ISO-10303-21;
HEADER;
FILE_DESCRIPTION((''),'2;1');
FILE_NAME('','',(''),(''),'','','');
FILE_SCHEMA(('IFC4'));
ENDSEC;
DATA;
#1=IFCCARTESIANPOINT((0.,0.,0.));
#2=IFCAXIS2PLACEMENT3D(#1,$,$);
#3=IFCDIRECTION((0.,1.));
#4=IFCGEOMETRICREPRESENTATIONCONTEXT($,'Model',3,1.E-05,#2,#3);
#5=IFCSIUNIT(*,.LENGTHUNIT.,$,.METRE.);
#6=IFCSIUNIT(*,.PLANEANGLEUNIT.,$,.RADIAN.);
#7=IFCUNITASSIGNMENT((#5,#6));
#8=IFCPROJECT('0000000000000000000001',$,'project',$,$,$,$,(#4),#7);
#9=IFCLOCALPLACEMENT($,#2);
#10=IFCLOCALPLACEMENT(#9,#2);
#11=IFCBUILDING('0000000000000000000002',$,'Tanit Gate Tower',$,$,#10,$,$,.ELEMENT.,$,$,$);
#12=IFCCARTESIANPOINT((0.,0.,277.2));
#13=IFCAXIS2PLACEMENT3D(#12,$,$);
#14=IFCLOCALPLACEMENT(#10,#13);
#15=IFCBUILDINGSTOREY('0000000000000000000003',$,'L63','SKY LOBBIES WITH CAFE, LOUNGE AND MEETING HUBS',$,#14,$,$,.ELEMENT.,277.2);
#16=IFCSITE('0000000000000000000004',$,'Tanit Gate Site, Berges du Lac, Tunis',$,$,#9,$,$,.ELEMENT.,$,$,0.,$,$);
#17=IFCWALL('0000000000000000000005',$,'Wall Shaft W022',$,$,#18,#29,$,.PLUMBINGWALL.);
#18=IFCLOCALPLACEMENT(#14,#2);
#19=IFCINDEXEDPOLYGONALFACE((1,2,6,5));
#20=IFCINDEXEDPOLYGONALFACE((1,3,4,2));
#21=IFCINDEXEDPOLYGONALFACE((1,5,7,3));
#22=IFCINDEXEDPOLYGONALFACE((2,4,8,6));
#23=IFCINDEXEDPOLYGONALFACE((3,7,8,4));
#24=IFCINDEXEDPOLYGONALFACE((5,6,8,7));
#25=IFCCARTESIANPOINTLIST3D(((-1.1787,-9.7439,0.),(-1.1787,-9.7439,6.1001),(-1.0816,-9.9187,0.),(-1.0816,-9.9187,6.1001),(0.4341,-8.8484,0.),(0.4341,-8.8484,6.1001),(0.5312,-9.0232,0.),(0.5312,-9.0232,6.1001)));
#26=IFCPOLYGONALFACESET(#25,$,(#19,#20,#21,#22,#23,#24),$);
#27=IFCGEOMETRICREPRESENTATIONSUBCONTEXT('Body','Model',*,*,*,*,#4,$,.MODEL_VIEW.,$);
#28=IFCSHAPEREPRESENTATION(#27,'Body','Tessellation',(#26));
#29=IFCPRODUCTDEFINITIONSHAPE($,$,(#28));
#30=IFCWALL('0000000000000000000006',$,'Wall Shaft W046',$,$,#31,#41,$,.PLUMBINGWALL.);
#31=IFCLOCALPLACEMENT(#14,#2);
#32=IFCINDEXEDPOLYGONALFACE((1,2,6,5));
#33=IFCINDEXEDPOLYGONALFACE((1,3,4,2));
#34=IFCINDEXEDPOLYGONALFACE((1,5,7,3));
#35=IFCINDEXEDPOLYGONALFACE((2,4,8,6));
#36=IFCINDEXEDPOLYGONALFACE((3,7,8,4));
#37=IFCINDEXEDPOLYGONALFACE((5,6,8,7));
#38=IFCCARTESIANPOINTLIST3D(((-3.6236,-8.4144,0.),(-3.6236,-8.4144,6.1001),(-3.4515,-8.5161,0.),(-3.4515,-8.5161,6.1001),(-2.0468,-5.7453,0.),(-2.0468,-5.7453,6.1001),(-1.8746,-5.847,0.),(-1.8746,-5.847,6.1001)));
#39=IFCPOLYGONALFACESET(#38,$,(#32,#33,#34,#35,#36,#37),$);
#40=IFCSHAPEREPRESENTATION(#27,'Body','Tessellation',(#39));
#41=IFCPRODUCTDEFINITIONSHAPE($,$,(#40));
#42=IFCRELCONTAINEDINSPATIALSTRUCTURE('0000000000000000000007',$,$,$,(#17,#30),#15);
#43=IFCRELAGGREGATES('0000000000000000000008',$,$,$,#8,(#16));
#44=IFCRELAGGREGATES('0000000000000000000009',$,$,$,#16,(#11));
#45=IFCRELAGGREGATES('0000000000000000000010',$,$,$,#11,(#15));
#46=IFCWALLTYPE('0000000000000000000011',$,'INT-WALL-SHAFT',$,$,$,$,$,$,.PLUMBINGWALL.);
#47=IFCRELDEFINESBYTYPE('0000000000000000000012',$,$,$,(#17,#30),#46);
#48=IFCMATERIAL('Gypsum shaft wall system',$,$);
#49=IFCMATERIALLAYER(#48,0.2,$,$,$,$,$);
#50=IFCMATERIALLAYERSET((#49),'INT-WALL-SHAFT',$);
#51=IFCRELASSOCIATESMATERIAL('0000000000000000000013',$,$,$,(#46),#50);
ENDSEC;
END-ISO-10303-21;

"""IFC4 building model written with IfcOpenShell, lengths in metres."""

from ifc_helpers import new_model, si_unit, direction, frame, frame_2d, origin, place, context, subcontext, project, spatial, rectangle, extrude, material, layer, layer_set, type_object, element, save


model = new_model("IFC4")

# Units and contexts
model_context = context("Model", 3, precision=1e-05, world=origin(), true_north=direction((0.0, 1.0)))
body_context = subcontext(model_context, "Body", "Model", "MODEL_VIEW")
ifc_project = project(units=[si_unit("LENGTHUNIT", "METRE"), si_unit("PLANEANGLEUNIT", "RADIAN")], contexts=[model_context])

# Site, building, storey
site_placement = place(None, origin())
site = spatial("IfcSite", under=ifc_project, at=site_placement, Name="Tanit Gate Site, Berges du Lac, Tunis", CompositionType="ELEMENT", RefElevation=0.0)
building_placement = place(site_placement, origin())
building = spatial("IfcBuilding", under=site, at=building_placement, Name="Tanit Gate Tower", CompositionType="ELEMENT")
storey_placement = place(building_placement, frame((0.0, 0.0, 277.2)))
storey = spatial("IfcBuildingStorey", under=building, at=storey_placement, Name="L63", Description="SKY LOBBIES WITH CAFE, LOUNGE AND MEETING HUBS", CompositionType="ELEMENT", Elevation=277.2)

# Walls
ifc_material_1 = material(Name="Gypsum shaft wall system")
ifc_layer_1 = layer(ifc_material_1, 0.2)
ifc_layer_set_1 = layer_set([ifc_layer_1], Name="INT-WALL-SHAFT")
wall_type_1 = type_object("IfcWallType", Name="INT-WALL-SHAFT", PredefinedType="PLUMBINGWALL", material=ifc_layer_set_1)
wall_1_placement = place(storey_placement, frame((-1.1301, -9.8313, 0.0), z_axis=(0.0, 0.0, 1.0), x_axis=(0.87427, 0.485441, 0.0)))
element("IfcWall", 1, at=wall_1_placement, inside=storey, type_object=wall_type_1, Name="Wall Shaft W022", PredefinedType="PLUMBINGWALL", context=body_context, shape_type="SweptSolid", body=[
    extrude(rectangle(XDim=1.8447, YDim=0.2, at=frame_2d((0.9224, 0.0))), origin(), (0.0, 0.0, 1.0), 6.1001),
])
wall_2_placement = place(storey_placement, frame((-1.9607, -5.7961, 0.0), z_axis=(0.0, 0.0, 1.0), x_axis=(-0.508647, -0.860975, 0.0)))
element("IfcWall", 2, at=wall_2_placement, inside=storey, type_object=wall_type_1, Name="Wall Shaft W046", PredefinedType="PLUMBINGWALL", context=body_context, shape_type="SweptSolid", body=[
    extrude(rectangle(XDim=3.1001, YDim=0.2, at=frame_2d((1.55, 0.0))), origin(), (0.0, 0.0, 1.0), 6.1001),
])

save(model, "model.ifc")
